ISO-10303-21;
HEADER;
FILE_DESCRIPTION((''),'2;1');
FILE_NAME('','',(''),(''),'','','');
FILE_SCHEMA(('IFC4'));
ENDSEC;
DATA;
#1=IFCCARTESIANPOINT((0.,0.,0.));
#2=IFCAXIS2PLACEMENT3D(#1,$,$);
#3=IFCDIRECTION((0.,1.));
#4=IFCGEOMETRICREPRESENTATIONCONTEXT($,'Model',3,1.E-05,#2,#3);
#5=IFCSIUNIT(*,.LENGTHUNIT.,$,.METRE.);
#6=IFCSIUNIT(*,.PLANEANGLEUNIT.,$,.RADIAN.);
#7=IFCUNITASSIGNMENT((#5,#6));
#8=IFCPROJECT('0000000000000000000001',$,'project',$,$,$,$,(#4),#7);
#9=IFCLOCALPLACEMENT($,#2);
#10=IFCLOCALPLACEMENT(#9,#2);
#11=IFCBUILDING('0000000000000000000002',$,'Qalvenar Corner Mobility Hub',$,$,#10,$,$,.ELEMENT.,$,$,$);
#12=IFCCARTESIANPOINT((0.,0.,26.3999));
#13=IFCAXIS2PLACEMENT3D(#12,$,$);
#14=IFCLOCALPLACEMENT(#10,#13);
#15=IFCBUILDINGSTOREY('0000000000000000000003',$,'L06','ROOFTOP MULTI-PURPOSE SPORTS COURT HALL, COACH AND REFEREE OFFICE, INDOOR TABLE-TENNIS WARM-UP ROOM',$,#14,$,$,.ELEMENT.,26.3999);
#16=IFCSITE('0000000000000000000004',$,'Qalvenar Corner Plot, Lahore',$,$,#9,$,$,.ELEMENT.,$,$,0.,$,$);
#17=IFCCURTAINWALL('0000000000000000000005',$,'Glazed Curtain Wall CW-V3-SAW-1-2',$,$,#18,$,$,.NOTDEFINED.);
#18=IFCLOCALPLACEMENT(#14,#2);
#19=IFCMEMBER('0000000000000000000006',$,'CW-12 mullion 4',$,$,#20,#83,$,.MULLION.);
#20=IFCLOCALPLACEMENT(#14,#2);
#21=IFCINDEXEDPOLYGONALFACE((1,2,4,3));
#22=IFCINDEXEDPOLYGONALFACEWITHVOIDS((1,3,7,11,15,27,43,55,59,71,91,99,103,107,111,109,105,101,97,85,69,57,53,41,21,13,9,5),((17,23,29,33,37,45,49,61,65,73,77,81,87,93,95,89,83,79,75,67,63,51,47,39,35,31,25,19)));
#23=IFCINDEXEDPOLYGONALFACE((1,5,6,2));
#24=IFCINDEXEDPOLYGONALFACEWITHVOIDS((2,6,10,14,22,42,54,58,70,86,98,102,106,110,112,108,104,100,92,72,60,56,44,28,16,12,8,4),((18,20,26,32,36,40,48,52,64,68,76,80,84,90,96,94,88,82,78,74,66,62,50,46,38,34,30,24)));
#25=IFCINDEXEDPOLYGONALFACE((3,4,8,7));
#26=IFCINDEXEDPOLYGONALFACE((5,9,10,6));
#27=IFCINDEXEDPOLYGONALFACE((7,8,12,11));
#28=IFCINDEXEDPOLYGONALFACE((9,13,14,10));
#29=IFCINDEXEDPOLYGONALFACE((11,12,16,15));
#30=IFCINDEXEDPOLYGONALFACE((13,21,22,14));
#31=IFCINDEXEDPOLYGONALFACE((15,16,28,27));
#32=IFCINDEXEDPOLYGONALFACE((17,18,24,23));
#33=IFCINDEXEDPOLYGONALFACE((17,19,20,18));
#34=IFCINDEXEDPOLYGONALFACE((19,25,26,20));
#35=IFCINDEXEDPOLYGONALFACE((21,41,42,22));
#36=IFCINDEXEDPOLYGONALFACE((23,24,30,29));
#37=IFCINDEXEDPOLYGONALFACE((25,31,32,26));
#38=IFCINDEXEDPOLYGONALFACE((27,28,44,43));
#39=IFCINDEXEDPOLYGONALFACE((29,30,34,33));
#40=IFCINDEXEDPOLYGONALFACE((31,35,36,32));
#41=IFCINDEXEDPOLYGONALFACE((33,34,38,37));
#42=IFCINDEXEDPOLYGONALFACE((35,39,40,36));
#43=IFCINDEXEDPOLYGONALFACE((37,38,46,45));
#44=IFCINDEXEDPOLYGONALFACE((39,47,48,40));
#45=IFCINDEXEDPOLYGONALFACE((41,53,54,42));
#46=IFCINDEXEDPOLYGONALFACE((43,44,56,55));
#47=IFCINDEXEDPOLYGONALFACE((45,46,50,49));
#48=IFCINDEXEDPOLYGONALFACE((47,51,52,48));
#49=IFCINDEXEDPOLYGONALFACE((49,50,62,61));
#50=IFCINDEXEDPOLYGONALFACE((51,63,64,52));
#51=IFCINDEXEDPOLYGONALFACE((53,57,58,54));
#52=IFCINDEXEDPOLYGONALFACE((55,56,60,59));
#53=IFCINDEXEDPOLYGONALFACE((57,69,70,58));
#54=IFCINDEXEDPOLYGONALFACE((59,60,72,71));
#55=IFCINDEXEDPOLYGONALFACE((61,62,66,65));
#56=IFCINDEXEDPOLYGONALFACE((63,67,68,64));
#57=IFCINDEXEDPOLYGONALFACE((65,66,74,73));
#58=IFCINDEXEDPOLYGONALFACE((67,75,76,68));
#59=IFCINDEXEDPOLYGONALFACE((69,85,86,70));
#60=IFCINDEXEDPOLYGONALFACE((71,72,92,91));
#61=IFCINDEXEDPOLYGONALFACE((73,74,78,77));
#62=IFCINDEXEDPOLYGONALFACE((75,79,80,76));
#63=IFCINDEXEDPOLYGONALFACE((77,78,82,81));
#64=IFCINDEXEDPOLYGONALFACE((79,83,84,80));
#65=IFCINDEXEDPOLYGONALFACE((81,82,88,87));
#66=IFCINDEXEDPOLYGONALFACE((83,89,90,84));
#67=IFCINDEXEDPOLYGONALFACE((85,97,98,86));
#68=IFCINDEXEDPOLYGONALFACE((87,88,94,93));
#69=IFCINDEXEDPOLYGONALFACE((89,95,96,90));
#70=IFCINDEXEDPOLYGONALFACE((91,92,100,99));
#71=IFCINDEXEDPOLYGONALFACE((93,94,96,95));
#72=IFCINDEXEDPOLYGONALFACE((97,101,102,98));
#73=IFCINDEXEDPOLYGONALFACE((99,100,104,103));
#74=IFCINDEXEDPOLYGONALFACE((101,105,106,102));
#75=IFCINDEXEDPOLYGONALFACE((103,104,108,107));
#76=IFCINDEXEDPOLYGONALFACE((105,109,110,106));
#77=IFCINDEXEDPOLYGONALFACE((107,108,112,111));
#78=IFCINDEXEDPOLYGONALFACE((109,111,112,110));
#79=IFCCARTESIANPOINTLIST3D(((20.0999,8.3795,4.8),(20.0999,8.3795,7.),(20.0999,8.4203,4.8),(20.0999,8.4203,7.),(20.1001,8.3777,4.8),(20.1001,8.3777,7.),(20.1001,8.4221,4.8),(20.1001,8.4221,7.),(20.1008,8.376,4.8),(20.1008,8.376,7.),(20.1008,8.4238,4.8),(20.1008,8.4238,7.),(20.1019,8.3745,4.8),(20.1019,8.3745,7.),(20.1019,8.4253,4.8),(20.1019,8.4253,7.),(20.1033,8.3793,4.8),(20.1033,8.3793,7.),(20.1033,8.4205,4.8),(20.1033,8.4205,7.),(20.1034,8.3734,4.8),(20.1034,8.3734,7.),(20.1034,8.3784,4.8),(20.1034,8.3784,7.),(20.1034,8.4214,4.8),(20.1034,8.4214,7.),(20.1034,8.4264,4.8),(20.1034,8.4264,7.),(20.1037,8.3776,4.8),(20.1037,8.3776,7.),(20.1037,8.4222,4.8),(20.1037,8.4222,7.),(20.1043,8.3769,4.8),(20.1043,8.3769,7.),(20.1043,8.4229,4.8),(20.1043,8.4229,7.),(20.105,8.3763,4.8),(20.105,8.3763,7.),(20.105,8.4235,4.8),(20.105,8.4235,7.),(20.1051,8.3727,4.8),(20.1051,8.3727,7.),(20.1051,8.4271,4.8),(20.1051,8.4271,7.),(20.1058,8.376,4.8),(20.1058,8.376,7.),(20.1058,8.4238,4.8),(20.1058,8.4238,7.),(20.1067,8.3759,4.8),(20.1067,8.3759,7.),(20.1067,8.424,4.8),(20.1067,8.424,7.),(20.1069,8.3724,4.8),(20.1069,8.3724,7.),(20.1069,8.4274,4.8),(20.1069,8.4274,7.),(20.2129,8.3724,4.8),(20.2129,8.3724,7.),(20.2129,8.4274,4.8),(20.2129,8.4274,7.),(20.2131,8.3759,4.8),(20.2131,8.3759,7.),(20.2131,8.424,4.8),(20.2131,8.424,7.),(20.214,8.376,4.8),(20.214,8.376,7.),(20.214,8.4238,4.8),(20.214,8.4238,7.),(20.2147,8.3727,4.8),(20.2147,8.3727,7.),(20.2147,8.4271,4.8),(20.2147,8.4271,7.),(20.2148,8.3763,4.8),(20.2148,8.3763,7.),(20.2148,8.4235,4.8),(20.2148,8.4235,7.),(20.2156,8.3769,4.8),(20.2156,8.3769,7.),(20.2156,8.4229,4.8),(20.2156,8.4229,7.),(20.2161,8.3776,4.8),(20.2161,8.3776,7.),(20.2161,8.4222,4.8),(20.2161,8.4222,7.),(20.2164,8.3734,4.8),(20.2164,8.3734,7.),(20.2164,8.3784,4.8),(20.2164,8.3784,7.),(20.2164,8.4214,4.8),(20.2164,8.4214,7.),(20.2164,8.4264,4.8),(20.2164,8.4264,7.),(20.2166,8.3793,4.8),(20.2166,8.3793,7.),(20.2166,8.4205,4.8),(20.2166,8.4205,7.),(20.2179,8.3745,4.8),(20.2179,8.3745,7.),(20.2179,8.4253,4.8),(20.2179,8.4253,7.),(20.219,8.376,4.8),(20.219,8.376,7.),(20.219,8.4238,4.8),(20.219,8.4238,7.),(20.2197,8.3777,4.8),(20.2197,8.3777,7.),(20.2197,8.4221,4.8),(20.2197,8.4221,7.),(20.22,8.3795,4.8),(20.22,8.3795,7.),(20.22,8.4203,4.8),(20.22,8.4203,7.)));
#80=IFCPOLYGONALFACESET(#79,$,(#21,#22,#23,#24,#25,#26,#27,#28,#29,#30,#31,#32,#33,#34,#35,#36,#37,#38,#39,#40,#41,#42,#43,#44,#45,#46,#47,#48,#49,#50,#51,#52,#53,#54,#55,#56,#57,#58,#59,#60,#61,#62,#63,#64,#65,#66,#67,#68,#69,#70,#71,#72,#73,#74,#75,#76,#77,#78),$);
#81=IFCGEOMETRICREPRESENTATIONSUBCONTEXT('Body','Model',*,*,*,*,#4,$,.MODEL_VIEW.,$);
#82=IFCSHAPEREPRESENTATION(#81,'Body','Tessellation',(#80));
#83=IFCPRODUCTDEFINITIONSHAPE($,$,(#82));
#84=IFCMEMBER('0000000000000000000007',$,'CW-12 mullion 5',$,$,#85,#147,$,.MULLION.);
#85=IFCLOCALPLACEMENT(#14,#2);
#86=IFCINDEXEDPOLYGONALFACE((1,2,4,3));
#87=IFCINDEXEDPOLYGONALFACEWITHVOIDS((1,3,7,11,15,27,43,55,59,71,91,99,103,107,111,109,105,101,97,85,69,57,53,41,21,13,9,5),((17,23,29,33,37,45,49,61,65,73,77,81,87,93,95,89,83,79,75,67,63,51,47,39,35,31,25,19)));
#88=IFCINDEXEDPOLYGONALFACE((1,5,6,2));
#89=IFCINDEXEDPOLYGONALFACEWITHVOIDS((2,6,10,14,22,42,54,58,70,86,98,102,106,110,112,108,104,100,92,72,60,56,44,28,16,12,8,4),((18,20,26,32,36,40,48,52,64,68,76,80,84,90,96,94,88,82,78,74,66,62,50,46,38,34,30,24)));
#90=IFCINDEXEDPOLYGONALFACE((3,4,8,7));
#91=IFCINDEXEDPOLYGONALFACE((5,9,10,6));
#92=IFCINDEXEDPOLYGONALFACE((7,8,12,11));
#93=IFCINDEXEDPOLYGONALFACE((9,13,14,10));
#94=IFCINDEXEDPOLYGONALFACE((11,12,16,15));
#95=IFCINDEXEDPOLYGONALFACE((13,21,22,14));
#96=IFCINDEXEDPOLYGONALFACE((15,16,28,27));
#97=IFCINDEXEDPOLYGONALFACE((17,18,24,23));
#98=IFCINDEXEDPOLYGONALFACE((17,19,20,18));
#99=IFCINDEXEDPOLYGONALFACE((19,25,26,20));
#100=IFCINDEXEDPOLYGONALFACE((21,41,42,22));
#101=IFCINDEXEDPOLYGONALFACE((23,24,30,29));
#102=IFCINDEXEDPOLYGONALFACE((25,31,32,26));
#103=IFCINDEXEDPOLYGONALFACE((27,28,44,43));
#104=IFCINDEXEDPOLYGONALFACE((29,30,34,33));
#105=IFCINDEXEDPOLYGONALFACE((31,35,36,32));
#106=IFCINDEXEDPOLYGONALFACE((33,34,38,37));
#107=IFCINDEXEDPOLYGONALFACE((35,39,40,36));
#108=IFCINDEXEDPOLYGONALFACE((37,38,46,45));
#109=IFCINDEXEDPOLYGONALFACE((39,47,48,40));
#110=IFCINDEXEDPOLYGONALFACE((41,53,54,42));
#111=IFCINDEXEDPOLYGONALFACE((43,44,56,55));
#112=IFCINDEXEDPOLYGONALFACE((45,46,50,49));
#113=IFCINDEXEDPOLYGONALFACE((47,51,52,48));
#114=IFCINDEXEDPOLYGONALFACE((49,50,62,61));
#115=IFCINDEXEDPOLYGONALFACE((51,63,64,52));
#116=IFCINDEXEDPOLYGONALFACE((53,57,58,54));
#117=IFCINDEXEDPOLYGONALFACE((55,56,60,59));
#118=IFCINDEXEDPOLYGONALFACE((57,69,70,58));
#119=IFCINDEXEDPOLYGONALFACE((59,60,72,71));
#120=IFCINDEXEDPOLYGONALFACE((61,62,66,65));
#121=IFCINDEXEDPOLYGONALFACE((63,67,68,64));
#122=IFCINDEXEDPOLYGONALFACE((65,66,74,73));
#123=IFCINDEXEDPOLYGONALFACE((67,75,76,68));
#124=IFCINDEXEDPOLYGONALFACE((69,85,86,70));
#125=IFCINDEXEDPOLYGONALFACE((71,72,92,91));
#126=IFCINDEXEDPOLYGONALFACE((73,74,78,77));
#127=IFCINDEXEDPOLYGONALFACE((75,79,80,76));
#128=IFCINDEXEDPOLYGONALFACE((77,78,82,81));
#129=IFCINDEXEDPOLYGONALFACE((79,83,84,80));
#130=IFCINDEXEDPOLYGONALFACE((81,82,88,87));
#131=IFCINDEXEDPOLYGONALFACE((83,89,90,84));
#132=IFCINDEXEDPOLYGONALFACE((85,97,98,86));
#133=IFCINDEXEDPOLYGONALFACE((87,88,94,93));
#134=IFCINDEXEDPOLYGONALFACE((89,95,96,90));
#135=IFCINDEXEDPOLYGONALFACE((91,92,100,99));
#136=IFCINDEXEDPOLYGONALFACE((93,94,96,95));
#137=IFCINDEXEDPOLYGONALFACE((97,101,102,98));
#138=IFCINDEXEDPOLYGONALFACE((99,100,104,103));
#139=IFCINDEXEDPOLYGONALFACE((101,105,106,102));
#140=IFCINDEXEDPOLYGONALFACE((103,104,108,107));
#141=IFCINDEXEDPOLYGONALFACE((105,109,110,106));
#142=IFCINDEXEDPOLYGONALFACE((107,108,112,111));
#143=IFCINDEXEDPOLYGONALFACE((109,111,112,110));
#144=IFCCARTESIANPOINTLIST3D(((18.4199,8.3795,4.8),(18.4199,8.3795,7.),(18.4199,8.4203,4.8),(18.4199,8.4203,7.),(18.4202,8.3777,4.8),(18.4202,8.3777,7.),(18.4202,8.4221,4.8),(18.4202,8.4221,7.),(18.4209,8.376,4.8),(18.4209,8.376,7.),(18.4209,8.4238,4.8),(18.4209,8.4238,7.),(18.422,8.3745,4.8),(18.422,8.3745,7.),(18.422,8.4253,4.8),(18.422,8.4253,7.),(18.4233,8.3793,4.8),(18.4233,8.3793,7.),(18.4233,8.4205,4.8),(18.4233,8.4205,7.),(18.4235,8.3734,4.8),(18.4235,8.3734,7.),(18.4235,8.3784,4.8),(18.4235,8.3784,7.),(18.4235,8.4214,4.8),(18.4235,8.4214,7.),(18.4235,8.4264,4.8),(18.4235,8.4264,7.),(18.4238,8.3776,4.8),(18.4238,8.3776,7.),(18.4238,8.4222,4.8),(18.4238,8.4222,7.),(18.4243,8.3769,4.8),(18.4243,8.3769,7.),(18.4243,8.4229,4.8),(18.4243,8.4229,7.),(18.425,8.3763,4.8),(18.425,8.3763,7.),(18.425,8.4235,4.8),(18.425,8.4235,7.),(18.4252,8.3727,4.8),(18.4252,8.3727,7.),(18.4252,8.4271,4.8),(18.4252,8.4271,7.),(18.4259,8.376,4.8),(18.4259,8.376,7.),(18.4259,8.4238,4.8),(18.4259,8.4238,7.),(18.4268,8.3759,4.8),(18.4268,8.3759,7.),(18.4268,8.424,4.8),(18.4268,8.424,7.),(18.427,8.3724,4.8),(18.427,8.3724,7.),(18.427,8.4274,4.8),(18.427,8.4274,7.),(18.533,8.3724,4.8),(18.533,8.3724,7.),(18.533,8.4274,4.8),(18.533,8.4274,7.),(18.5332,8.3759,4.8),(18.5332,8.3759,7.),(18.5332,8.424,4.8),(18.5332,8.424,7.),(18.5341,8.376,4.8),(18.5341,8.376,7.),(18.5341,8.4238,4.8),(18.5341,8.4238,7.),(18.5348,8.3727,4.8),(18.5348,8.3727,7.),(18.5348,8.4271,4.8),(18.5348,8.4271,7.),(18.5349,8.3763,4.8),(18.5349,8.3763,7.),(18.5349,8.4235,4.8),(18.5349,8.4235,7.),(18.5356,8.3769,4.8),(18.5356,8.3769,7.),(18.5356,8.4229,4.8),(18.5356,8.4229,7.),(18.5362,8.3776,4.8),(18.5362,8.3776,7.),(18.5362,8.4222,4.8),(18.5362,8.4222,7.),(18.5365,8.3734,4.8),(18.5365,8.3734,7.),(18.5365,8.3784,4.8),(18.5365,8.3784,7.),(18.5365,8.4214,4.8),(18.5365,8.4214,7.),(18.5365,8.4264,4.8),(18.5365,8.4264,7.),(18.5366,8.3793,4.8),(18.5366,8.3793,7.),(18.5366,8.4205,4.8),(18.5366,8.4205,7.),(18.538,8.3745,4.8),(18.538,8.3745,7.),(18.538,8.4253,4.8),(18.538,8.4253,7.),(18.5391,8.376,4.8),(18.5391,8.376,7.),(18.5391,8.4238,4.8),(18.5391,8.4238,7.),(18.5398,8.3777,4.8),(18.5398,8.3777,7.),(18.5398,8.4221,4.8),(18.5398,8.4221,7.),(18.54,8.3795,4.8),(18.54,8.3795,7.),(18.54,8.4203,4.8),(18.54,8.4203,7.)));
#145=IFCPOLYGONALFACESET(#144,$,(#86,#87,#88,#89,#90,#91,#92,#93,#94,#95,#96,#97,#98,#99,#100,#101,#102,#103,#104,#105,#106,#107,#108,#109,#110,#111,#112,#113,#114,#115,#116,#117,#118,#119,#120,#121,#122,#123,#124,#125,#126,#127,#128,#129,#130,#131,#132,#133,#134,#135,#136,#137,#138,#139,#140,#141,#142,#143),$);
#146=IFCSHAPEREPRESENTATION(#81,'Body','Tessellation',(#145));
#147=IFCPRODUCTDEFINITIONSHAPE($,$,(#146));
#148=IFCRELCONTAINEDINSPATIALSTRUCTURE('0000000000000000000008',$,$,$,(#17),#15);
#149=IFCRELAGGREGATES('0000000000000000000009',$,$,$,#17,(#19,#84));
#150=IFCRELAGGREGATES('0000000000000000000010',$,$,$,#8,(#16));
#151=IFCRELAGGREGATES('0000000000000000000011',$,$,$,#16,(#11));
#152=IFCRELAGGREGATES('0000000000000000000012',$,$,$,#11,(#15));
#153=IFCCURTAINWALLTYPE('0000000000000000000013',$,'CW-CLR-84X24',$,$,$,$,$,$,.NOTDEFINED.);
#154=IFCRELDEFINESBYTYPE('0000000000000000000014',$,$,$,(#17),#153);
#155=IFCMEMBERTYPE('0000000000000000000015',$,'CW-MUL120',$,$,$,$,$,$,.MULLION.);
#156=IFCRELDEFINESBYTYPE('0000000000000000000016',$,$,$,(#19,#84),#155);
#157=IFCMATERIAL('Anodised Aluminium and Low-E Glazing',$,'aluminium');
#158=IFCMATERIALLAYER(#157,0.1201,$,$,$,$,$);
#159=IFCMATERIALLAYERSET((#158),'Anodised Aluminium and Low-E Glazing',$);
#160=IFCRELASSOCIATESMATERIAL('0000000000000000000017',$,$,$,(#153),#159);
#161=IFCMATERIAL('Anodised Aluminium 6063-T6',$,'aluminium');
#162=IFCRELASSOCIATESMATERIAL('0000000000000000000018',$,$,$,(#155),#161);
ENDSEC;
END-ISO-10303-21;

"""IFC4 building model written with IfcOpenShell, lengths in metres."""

from ifc_helpers import new_model, si_unit, direction, frame, origin, origin_2d, place, context, subcontext, project, spatial, hollow_rectangle, extrude, material, layer, layer_set, material_profile, profile_set, type_object, element, aggregate, save


model = new_model("IFC4")

# Units and contexts
model_context = context("Model", 3, precision=1e-05, world=origin(), true_north=direction((0.0, 1.0)))
body_context = subcontext(model_context, "Body", "Model", "MODEL_VIEW")
ifc_project = project(units=[si_unit("LENGTHUNIT", "METRE"), si_unit("PLANEANGLEUNIT", "RADIAN")], contexts=[model_context])

# Site, building, storey
site_placement = place(None, origin())
site = spatial("IfcSite", under=ifc_project, at=site_placement, Name="Qalvenar Corner Plot, Lahore", CompositionType="ELEMENT", RefElevation=0.0)
building_placement = place(site_placement, origin())
building = spatial("IfcBuilding", under=site, at=building_placement, Name="Qalvenar Corner Mobility Hub", CompositionType="ELEMENT")
storey_placement = place(building_placement, frame((0.0, 0.0, 26.3999)))
storey = spatial("IfcBuildingStorey", under=building, at=storey_placement, Name="L06", Description="ROOFTOP MULTI-PURPOSE SPORTS COURT HALL, COACH AND REFEREE OFFICE, INDOOR TABLE-TENNIS WARM-UP ROOM", CompositionType="ELEMENT", Elevation=26.3999)

# Curtain wall, members
ifc_material_1 = material(Name="Anodised Aluminium and Low-E Glazing", Category="aluminium")
ifc_layer_1 = layer(ifc_material_1, 0.1201)
ifc_layer_set_1 = layer_set([ifc_layer_1], Name="Anodised Aluminium and Low-E Glazing")
curtain_wall_type = type_object("IfcCurtainWallType", Name="CW-CLR-84X24", PredefinedType="NOTDEFINED", material=ifc_layer_set_1)
curtain_wall_1_placement = place(storey_placement, origin())
curtain_wall_1 = element("IfcCurtainWall", 1, at=curtain_wall_1_placement, inside=storey, type_object=curtain_wall_type, Name="Glazed Curtain Wall CW-V3-SAW-1-2", PredefinedType="NOTDEFINED")
ifc_material_2 = material(Name="Anodised Aluminium 6063-T6", Category="aluminium")
ifc_material_profile_1 = material_profile(ifc_material_2, hollow_rectangle(XDim=0.0549, YDim=0.1201, WallThickness=0.0034, InnerFilletRadius=0.0034, OuterFilletRadius=0.0071, at=origin_2d()), Name="RHS120x55x3.5")
ifc_profile_set_1 = profile_set([ifc_material_profile_1], Name="Anodised Aluminium 6063-T6")
member_type_1 = type_object("IfcMemberType", Name="CW-MUL120", PredefinedType="MULLION", material=ifc_profile_set_1)
member_1_placement = place(storey_placement, frame((20.1599, 8.3999, 4.8), z_axis=(0.0, 0.0, 1.0), x_axis=(0.0, -1.0, 0.0)))
member_1 = element("IfcMember", 2, at=member_1_placement, type_object=member_type_1, Name="CW-12 mullion 4", PredefinedType="MULLION", context=body_context, shape_type="SweptSolid", body=[
    extrude(hollow_rectangle(XDim=0.0549, YDim=0.1201, WallThickness=0.0034, InnerFilletRadius=0.0034, OuterFilletRadius=0.0071, at=origin_2d()), origin(), (0.0, 0.0, 1.0), 2.2),
])
member_2_placement = place(storey_placement, frame((18.48, 8.3999, 4.8), z_axis=(0.0, 0.0, 1.0), x_axis=(0.0, -1.0, 0.0)))
member_2 = element("IfcMember", 3, at=member_2_placement, type_object=member_type_1, Name="CW-12 mullion 5", PredefinedType="MULLION", context=body_context, shape_type="SweptSolid", body=[
    extrude(hollow_rectangle(XDim=0.0549, YDim=0.1201, WallThickness=0.0034, InnerFilletRadius=0.0034, OuterFilletRadius=0.0071, at=origin_2d()), origin(), (0.0, 0.0, 1.0), 2.2),
])

aggregate(curtain_wall_1, [member_1, member_2])

save(model, "model.ifc")
